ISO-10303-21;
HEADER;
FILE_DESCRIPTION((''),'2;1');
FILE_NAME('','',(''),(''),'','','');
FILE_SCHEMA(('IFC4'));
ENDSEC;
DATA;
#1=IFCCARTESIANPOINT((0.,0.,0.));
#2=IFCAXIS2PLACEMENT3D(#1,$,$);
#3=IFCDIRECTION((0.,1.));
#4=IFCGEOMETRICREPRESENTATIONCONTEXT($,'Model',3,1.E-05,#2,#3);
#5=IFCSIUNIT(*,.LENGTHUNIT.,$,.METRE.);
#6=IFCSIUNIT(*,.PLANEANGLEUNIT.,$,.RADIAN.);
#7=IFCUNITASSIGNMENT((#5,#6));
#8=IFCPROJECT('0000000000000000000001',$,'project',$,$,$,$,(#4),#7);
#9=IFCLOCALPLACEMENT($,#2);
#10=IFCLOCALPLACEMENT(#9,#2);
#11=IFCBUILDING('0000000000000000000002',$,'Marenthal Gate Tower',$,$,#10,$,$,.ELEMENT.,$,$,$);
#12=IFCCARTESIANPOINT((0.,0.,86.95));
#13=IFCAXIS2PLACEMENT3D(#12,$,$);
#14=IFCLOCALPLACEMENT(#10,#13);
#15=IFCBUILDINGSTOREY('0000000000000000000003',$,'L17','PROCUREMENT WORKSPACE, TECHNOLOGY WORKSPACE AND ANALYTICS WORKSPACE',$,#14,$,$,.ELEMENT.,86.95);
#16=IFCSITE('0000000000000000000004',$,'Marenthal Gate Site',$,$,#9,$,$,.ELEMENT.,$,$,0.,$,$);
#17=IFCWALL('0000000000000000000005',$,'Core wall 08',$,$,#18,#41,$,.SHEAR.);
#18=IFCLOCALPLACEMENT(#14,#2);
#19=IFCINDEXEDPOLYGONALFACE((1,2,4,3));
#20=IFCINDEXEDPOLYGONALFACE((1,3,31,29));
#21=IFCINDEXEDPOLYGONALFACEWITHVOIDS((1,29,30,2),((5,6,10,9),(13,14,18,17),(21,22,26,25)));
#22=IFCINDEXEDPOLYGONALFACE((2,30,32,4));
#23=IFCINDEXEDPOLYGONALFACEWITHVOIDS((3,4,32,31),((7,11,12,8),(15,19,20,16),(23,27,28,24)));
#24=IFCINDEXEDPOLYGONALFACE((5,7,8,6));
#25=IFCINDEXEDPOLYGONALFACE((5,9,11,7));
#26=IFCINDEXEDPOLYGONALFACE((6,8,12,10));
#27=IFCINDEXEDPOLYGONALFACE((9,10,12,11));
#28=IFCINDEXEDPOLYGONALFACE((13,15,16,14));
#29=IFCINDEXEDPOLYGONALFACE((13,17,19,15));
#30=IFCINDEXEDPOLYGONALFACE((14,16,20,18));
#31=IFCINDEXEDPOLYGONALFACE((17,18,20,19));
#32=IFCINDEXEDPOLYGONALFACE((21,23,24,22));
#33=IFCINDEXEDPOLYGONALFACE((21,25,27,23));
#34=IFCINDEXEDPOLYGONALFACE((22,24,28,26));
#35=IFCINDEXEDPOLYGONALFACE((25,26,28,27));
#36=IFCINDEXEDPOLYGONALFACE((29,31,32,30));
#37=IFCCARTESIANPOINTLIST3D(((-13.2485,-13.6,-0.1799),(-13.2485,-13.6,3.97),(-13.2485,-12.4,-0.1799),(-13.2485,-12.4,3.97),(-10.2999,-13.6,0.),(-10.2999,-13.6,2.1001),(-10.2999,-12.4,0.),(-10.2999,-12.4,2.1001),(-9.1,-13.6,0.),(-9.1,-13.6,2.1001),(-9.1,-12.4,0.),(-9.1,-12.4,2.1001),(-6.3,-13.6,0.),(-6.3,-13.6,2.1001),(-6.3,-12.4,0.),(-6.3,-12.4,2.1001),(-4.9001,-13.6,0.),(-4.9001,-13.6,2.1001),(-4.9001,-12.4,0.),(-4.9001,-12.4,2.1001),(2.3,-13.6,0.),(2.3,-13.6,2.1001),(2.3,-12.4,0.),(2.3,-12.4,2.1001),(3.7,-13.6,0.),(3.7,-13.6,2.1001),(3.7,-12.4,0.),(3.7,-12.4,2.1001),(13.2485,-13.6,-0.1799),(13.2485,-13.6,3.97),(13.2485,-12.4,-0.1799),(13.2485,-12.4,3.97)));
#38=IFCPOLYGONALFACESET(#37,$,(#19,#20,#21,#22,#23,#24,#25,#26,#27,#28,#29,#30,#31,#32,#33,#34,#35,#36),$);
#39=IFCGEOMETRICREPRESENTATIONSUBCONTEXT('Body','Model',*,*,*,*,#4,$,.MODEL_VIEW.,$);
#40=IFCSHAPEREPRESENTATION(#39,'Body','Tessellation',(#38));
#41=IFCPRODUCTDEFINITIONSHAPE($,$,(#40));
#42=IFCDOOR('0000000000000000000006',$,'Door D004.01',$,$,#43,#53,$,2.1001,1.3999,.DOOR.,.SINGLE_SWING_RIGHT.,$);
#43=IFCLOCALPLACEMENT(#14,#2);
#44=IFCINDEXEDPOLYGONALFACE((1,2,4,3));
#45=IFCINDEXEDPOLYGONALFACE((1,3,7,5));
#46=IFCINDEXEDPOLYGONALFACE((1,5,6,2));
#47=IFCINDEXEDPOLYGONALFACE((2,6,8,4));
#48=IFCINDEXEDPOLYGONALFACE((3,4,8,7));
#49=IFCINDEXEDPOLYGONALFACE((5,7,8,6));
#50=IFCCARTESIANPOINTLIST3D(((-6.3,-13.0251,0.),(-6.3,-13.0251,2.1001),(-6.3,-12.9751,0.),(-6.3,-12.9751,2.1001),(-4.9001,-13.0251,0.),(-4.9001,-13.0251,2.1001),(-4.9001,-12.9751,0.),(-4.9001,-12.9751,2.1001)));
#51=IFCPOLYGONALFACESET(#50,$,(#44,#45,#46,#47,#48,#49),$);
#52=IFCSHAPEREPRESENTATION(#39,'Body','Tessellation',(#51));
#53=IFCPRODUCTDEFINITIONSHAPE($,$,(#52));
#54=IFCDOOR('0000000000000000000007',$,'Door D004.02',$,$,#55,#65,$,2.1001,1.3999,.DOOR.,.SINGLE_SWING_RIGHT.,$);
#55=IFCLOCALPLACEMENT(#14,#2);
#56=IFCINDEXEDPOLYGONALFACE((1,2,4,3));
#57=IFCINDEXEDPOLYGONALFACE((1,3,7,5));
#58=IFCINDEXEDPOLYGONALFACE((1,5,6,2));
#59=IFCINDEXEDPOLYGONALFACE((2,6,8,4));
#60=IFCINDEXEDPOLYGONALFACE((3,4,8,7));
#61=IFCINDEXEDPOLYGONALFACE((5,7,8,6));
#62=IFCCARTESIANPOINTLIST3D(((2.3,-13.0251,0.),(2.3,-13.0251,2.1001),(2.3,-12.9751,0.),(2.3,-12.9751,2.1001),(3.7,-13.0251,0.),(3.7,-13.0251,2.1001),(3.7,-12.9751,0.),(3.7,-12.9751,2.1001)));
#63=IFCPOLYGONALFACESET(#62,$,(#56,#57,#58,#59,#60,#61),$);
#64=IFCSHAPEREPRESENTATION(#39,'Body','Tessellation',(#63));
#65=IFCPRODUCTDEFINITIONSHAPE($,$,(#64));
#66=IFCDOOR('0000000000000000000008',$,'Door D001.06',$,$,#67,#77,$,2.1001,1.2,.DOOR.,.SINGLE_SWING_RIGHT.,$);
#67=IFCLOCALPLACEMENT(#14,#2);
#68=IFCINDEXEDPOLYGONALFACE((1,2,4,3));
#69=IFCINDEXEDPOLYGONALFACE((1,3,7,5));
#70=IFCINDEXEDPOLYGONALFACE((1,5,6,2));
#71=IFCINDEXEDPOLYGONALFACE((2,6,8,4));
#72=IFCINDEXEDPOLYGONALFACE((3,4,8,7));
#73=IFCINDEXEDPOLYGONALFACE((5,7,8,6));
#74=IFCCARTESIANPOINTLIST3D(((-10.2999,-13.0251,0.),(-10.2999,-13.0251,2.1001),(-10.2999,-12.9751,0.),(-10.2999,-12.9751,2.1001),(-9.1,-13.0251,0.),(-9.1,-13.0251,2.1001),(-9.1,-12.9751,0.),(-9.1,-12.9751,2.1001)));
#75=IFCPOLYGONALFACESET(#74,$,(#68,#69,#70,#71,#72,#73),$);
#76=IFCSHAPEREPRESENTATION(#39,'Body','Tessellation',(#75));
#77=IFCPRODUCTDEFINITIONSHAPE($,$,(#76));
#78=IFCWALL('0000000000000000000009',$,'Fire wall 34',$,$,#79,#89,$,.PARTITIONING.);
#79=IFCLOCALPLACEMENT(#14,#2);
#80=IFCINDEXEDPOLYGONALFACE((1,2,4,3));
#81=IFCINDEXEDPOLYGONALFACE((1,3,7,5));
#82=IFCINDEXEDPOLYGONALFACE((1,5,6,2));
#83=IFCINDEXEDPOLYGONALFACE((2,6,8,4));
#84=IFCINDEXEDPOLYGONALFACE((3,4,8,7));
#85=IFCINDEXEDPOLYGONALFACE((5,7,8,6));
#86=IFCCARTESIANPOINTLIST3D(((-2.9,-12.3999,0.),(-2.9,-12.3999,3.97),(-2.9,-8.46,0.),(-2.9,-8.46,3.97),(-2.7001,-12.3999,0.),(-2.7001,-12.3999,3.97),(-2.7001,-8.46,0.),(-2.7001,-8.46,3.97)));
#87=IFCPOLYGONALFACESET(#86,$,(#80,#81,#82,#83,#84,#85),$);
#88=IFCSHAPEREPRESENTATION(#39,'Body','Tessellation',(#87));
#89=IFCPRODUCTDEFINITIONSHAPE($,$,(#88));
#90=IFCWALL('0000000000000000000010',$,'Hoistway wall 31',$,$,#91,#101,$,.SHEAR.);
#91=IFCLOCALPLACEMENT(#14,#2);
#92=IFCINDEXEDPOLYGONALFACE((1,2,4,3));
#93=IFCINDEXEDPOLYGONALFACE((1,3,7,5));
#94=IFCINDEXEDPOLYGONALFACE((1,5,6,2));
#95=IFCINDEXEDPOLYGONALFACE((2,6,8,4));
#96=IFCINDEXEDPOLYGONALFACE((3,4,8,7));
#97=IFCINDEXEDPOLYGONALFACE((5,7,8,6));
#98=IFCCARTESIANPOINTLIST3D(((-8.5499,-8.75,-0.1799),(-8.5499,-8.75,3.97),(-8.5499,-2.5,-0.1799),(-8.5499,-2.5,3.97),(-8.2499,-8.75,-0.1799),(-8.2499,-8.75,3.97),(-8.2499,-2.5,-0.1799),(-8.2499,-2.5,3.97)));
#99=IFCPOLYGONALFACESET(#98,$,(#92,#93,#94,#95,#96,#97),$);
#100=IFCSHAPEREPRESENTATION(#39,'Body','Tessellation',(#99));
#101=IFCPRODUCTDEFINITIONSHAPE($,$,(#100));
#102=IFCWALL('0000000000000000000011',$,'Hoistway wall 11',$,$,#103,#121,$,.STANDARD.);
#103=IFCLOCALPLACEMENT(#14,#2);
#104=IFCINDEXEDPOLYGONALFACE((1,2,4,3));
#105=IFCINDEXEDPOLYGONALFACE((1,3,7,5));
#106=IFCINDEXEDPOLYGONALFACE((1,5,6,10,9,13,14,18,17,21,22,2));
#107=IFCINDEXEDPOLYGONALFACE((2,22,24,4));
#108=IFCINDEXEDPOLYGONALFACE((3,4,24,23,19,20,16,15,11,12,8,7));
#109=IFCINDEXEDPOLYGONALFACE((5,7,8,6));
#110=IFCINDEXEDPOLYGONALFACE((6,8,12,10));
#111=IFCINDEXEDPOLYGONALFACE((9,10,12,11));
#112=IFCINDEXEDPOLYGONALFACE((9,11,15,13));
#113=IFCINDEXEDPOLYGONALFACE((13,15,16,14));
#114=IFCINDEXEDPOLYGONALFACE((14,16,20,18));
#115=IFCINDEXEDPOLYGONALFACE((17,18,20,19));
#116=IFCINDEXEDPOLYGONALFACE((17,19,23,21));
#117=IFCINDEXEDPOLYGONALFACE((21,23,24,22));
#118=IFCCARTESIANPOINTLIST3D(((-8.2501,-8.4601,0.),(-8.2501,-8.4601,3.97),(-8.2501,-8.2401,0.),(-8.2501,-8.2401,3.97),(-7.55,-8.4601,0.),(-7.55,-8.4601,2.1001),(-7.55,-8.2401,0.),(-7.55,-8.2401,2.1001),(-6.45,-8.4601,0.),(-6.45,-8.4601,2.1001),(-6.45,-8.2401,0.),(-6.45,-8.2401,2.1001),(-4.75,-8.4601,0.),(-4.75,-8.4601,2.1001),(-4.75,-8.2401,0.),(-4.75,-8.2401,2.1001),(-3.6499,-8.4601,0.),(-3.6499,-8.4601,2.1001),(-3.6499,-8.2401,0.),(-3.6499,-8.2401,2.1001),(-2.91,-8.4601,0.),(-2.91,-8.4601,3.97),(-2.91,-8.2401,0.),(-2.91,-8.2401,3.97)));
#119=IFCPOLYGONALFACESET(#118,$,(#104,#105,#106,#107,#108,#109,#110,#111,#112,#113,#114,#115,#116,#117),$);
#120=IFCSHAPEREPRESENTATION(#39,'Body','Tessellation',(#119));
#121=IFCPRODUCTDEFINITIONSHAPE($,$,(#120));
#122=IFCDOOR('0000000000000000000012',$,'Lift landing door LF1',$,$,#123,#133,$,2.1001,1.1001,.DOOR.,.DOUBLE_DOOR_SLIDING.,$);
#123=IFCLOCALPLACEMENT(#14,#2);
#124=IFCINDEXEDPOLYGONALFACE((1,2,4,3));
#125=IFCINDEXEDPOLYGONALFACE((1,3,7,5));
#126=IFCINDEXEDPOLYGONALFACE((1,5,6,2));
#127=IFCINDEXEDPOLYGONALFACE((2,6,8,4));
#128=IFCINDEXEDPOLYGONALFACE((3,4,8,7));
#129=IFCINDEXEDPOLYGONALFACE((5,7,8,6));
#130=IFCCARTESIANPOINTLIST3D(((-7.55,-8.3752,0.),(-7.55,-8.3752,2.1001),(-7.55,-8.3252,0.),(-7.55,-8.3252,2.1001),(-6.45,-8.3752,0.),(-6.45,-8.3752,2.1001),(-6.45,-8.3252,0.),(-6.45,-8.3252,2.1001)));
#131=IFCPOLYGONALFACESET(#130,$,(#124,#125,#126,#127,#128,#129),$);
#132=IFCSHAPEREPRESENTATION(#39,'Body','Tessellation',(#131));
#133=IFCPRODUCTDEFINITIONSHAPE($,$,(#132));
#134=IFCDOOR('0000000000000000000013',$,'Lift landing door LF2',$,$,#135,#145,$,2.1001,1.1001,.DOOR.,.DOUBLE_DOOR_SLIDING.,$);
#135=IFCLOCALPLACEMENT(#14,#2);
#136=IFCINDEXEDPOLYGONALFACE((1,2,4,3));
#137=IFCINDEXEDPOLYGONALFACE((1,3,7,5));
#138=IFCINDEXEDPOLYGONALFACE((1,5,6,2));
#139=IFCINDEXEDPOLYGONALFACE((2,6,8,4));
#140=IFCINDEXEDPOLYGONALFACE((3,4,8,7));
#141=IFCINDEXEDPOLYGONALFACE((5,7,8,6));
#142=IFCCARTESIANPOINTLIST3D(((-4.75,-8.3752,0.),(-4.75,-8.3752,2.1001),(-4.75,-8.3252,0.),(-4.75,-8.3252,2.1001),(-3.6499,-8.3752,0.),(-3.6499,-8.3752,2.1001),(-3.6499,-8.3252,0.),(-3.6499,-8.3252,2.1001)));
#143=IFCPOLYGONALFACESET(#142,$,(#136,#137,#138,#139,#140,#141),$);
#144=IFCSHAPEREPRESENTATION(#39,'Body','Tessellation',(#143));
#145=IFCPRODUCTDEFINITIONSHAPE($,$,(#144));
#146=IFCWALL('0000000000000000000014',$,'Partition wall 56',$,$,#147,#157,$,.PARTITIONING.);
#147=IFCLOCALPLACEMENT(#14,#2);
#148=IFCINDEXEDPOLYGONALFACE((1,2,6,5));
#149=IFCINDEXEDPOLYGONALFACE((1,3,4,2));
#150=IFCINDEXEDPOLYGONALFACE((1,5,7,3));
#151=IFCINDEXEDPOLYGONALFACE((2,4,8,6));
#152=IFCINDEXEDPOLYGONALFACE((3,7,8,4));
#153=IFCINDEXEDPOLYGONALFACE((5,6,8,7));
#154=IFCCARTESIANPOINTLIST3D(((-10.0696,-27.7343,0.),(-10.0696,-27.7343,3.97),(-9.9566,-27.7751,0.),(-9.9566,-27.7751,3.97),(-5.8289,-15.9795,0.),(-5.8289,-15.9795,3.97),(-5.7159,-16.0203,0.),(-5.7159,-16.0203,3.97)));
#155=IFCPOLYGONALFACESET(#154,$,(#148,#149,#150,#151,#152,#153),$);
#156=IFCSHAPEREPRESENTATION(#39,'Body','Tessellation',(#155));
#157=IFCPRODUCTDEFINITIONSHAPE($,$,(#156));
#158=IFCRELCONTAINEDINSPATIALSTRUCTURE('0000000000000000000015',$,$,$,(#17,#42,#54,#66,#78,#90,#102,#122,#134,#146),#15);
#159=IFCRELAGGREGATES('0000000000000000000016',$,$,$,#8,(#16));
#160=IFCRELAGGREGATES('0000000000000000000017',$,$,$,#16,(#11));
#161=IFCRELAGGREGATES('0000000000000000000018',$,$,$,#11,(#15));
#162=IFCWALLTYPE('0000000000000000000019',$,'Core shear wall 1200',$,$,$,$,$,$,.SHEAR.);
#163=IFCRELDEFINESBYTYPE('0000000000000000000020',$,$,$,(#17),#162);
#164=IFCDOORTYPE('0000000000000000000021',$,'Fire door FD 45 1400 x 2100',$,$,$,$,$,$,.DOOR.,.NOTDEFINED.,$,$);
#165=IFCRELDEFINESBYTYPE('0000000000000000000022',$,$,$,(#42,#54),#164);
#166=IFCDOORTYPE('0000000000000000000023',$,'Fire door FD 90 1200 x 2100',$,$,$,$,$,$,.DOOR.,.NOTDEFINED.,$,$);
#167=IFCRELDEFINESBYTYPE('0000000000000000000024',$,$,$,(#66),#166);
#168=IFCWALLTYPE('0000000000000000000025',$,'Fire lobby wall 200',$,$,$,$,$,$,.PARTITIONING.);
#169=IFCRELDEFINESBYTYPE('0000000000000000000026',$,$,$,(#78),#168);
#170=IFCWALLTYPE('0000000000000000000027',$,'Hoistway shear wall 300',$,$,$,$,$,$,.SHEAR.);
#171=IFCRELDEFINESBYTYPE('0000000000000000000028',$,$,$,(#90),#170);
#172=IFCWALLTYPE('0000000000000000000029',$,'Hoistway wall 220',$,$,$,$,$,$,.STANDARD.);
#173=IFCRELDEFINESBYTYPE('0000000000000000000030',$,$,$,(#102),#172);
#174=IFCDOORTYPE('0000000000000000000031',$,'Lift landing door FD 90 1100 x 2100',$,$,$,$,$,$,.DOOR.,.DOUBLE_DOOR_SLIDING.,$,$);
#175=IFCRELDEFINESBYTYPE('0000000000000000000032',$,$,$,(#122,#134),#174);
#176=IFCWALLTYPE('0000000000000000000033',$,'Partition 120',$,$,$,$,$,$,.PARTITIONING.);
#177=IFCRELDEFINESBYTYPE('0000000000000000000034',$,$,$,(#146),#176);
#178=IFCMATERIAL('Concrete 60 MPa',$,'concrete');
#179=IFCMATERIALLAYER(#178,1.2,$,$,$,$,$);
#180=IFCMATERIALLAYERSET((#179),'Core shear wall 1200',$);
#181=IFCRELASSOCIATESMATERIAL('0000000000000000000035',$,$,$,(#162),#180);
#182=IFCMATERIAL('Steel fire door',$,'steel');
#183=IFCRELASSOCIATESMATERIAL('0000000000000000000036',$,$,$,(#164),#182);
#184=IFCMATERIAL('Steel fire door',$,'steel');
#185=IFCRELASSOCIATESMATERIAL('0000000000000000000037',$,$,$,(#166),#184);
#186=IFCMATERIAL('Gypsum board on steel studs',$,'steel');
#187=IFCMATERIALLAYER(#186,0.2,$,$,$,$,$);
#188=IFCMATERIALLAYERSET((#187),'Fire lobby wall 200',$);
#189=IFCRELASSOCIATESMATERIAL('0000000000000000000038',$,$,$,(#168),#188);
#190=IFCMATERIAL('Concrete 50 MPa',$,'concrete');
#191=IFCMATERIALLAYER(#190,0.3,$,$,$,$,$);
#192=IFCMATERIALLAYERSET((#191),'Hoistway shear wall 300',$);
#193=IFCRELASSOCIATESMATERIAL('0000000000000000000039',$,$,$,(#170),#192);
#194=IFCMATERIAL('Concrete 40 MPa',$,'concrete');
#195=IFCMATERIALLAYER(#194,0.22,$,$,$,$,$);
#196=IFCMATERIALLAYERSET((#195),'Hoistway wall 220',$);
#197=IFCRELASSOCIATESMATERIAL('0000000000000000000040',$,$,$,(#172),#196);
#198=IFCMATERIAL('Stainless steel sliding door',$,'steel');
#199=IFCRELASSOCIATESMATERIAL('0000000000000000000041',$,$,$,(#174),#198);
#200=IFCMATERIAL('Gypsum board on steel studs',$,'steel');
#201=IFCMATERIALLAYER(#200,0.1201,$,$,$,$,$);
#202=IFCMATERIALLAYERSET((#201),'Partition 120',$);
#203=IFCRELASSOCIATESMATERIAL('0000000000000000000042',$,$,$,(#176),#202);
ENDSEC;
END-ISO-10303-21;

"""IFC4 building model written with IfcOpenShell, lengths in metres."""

from ifc_helpers import new_model, si_unit, direction, frame, frame_2d, origin, place, context, subcontext, project, spatial, rectangle, extrude, material, layer, layer_set, type_object, element, fill, save


model = new_model("IFC4")

# Units and contexts
model_context = context("Model", 3, precision=1e-05, world=origin(), true_north=direction((0.0, 1.0)))
body_context = subcontext(model_context, "Body", "Model", "MODEL_VIEW")
ifc_project = project(units=[si_unit("LENGTHUNIT", "METRE"), si_unit("PLANEANGLEUNIT", "RADIAN")], contexts=[model_context])

# Site, building, storey
site_placement = place(None, origin())
site = spatial("IfcSite", under=ifc_project, at=site_placement, Name="Marenthal Gate Site", CompositionType="ELEMENT", RefElevation=0.0)
building_placement = place(site_placement, origin())
building = spatial("IfcBuilding", under=site, at=building_placement, Name="Marenthal Gate Tower", CompositionType="ELEMENT")
storey_placement = place(building_placement, frame((0.0, 0.0, 86.95)))
storey = spatial("IfcBuildingStorey", under=building, at=storey_placement, Name="L17", Description="PROCUREMENT WORKSPACE, TECHNOLOGY WORKSPACE AND ANALYTICS WORKSPACE", CompositionType="ELEMENT", Elevation=86.95)

# Wall, openings, doors
ifc_material_1 = material(Name="Concrete 60 MPa", Category="concrete")
ifc_layer_1 = layer(ifc_material_1, 1.2)
ifc_layer_set_1 = layer_set([ifc_layer_1], Name="Core shear wall 1200")
wall_type_1 = type_object("IfcWallType", Name="Core shear wall 1200", PredefinedType="SHEAR", material=ifc_layer_set_1)
wall_1_placement = place(storey_placement, frame((-13.2485, -13.0, -0.1799), z_axis=(0.0, 0.0, 1.0), x_axis=(1.0, 0.0, 0.0)))
wall_1 = element("IfcWall", 1, at=wall_1_placement, inside=storey, type_object=wall_type_1, Name="Core wall 08", PredefinedType="SHEAR", context=body_context, shape_type="SweptSolid", body=[
    extrude(rectangle(XDim=26.4971, YDim=1.2, at=frame_2d((13.2485, 0.0))), origin(), (0.0, 0.0, 1.0), 4.1499),
])
opening_1_placement = place(wall_1_placement, frame((2.9485, 0.0, 0.1799)))
opening_1 = element("IfcOpeningElement", 2, at=opening_1_placement, cuts=wall_1, PredefinedType="OPENING", context=body_context, shape_type="SweptSolid", body=[
    extrude(rectangle(XDim=1.2, YDim=2.1001, at=frame_2d((0.6001, 1.05))), frame((0.0, 0.6099, 0.0), z_axis=(0.0, -1.0, 0.0), x_axis=(1.0, 0.0, 0.0)), (0.0, 0.0, 1.0), 1.22),
])
opening_2_placement = place(wall_1_placement, frame((6.9485, 0.0, 0.1799)))
opening_2 = element("IfcOpeningElement", 3, at=opening_2_placement, cuts=wall_1, PredefinedType="OPENING", context=body_context, shape_type="SweptSolid", body=[
    extrude(rectangle(XDim=1.3999, YDim=2.1001, at=frame_2d((0.7, 1.05))), frame((0.0, 0.6099, 0.0), z_axis=(0.0, -1.0, 0.0), x_axis=(1.0, 0.0, 0.0)), (0.0, 0.0, 1.0), 1.22),
])
opening_3_placement = place(wall_1_placement, frame((15.5486, 0.0, 0.1799)))
opening_3 = element("IfcOpeningElement", 4, at=opening_3_placement, cuts=wall_1, PredefinedType="OPENING", context=body_context, shape_type="SweptSolid", body=[
    extrude(rectangle(XDim=1.3999, YDim=2.1001, at=frame_2d((0.7, 1.05))), frame((0.0, 0.6099, 0.0), z_axis=(0.0, -1.0, 0.0), x_axis=(1.0, 0.0, 0.0)), (0.0, 0.0, 1.0), 1.22),
])
ifc_material_2 = material(Name="Steel fire door", Category="steel")
door_type_1 = type_object("IfcDoorType", Name="Fire door FD 45 1400 x 2100", OperationType="NOTDEFINED", PredefinedType="DOOR", material=ifc_material_2)
door_1_placement = place(opening_2_placement, origin())
door_1 = element("IfcDoor", 5, at=door_1_placement, inside=storey, type_object=door_type_1, Name="Door D004.01", OperationType="SINGLE_SWING_RIGHT", OverallHeight=2.1001, OverallWidth=1.3999, PredefinedType="DOOR", context=body_context, shape_type="SweptSolid", body=[
    extrude(rectangle(XDim=1.3999, YDim=2.1001, at=frame_2d((0.7, 1.05))), frame((0.0, 0.0249, 0.0), z_axis=(0.0, -1.0, 0.0), x_axis=(1.0, 0.0, 0.0)), (0.0, 0.0, 1.0), 0.05),
])
fill(opening_2, door_1)
door_2_placement = place(opening_3_placement, origin())
door_2 = element("IfcDoor", 6, at=door_2_placement, inside=storey, type_object=door_type_1, Name="Door D004.02", OperationType="SINGLE_SWING_RIGHT", OverallHeight=2.1001, OverallWidth=1.3999, PredefinedType="DOOR", context=body_context, shape_type="SweptSolid", body=[
    extrude(rectangle(XDim=1.3999, YDim=2.1001, at=frame_2d((0.7, 1.05))), frame((0.0, 0.0249, 0.0), z_axis=(0.0, -1.0, 0.0), x_axis=(1.0, 0.0, 0.0)), (0.0, 0.0, 1.0), 0.05),
])
fill(opening_3, door_2)
ifc_material_3 = material(Name="Steel fire door", Category="steel")
door_type_2 = type_object("IfcDoorType", Name="Fire door FD 90 1200 x 2100", OperationType="NOTDEFINED", PredefinedType="DOOR", material=ifc_material_3)
door_3_placement = place(opening_1_placement, origin())
door_3 = element("IfcDoor", 7, at=door_3_placement, inside=storey, type_object=door_type_2, Name="Door D001.06", OperationType="SINGLE_SWING_RIGHT", OverallHeight=2.1001, OverallWidth=1.2, PredefinedType="DOOR", context=body_context, shape_type="SweptSolid", body=[
    extrude(rectangle(XDim=1.2, YDim=2.1001, at=frame_2d((0.6001, 1.05))), frame((0.0, 0.0249, 0.0), z_axis=(0.0, -1.0, 0.0), x_axis=(1.0, 0.0, 0.0)), (0.0, 0.0, 1.0), 0.05),
])
fill(opening_1, door_3)

# Walls
ifc_material_4 = material(Name="Gypsum board on steel studs", Category="steel")
ifc_layer_2 = layer(ifc_material_4, 0.2)
ifc_layer_set_2 = layer_set([ifc_layer_2], Name="Fire lobby wall 200")
wall_type_2 = type_object("IfcWallType", Name="Fire lobby wall 200", PredefinedType="PARTITIONING", material=ifc_layer_set_2)
wall_2_placement = place(storey_placement, frame((-2.8, -12.3999, 0.0), z_axis=(0.0, 0.0, 1.0), x_axis=(0.0, 1.0, 0.0)))
element("IfcWall", 8, at=wall_2_placement, inside=storey, type_object=wall_type_2, Name="Fire wall 34", PredefinedType="PARTITIONING", context=body_context, shape_type="SweptSolid", body=[
    extrude(rectangle(XDim=3.9399, YDim=0.2, at=frame_2d((1.97, 0.0))), origin(), (0.0, 0.0, 1.0), 3.97),
])
ifc_material_5 = material(Name="Concrete 50 MPa", Category="concrete")
ifc_layer_3 = layer(ifc_material_5, 0.3)
ifc_layer_set_3 = layer_set([ifc_layer_3], Name="Hoistway shear wall 300")
wall_type_3 = type_object("IfcWallType", Name="Hoistway shear wall 300", PredefinedType="SHEAR", material=ifc_layer_set_3)
wall_3_placement = place(storey_placement, frame((-8.3999, -8.75, -0.1799), z_axis=(0.0, 0.0, 1.0), x_axis=(0.0, 1.0, 0.0)))
element("IfcWall", 9, at=wall_3_placement, inside=storey, type_object=wall_type_3, Name="Hoistway wall 31", PredefinedType="SHEAR", context=body_context, shape_type="SweptSolid", body=[
    extrude(rectangle(XDim=6.25, YDim=0.3, at=frame_2d((3.125, 0.0))), origin(), (0.0, 0.0, 1.0), 4.1499),
])

# Wall, openings, doors
ifc_material_6 = material(Name="Concrete 40 MPa", Category="concrete")
ifc_layer_4 = layer(ifc_material_6, 0.22)
ifc_layer_set_4 = layer_set([ifc_layer_4], Name="Hoistway wall 220")
wall_type_4 = type_object("IfcWallType", Name="Hoistway wall 220", PredefinedType="STANDARD", material=ifc_layer_set_4)
wall_4_placement = place(storey_placement, frame((-8.25, -8.3501, 0.0), z_axis=(0.0, 0.0, 1.0), x_axis=(1.0, 0.0, 0.0)))
wall_4 = element("IfcWall", 10, at=wall_4_placement, inside=storey, type_object=wall_type_4, Name="Hoistway wall 11", PredefinedType="STANDARD", context=body_context, shape_type="SweptSolid", body=[
    extrude(rectangle(XDim=5.3401, YDim=0.22, at=frame_2d((2.6699, 0.0))), origin(), (0.0, 0.0, 1.0), 3.97),
])
opening_4_placement = place(wall_4_placement, frame((0.7, 0.0, 0.0)))
opening_4 = element("IfcOpeningElement", 11, at=opening_4_placement, cuts=wall_4, PredefinedType="OPENING", context=body_context, shape_type="SweptSolid", body=[
    extrude(rectangle(XDim=1.1001, YDim=2.1001, at=frame_2d((0.55, 1.05))), frame((0.0, 0.1201, 0.0), z_axis=(0.0, -1.0, 0.0), x_axis=(1.0, 0.0, 0.0)), (0.0, 0.0, 1.0), 0.24),
])
opening_5_placement = place(wall_4_placement, frame((3.5, 0.0, 0.0)))
opening_5 = element("IfcOpeningElement", 12, at=opening_5_placement, cuts=wall_4, PredefinedType="OPENING", context=body_context, shape_type="SweptSolid", body=[
    extrude(rectangle(XDim=1.1001, YDim=2.1001, at=frame_2d((0.55, 1.05))), frame((0.0, 0.1201, 0.0), z_axis=(0.0, -1.0, 0.0), x_axis=(1.0, 0.0, 0.0)), (0.0, 0.0, 1.0), 0.24),
])
ifc_material_7 = material(Name="Stainless steel sliding door", Category="steel")
door_type_3 = type_object("IfcDoorType", Name="Lift landing door FD 90 1100 x 2100", OperationType="DOUBLE_DOOR_SLIDING", PredefinedType="DOOR", material=ifc_material_7)
door_4_placement = place(opening_4_placement, origin())
door_4 = element("IfcDoor", 13, at=door_4_placement, inside=storey, type_object=door_type_3, Name="Lift landing door LF1", OperationType="DOUBLE_DOOR_SLIDING", OverallHeight=2.1001, OverallWidth=1.1001, PredefinedType="DOOR", context=body_context, shape_type="SweptSolid", body=[
    extrude(rectangle(XDim=1.1001, YDim=2.1001, at=frame_2d((0.55, 1.05))), frame((0.0, 0.0249, 0.0), z_axis=(0.0, -1.0, 0.0), x_axis=(1.0, 0.0, 0.0)), (0.0, 0.0, 1.0), 0.05),
])
fill(opening_4, door_4)
door_5_placement = place(opening_5_placement, origin())
door_5 = element("IfcDoor", 14, at=door_5_placement, inside=storey, type_object=door_type_3, Name="Lift landing door LF2", OperationType="DOUBLE_DOOR_SLIDING", OverallHeight=2.1001, OverallWidth=1.1001, PredefinedType="DOOR", context=body_context, shape_type="SweptSolid", body=[
    extrude(rectangle(XDim=1.1001, YDim=2.1001, at=frame_2d((0.55, 1.05))), frame((0.0, 0.0249, 0.0), z_axis=(0.0, -1.0, 0.0), x_axis=(1.0, 0.0, 0.0)), (0.0, 0.0, 1.0), 0.05),
])
fill(opening_5, door_5)

# Wall
ifc_material_8 = material(Name="Gypsum board on steel studs", Category="steel")
ifc_layer_5 = layer(ifc_material_8, 0.1201)
ifc_layer_set_5 = layer_set([ifc_layer_5], Name="Partition 120")
wall_type_5 = type_object("IfcWallType", Name="Partition 120", PredefinedType="PARTITIONING", material=ifc_layer_set_5)
wall_5_placement = place(storey_placement, frame((-5.7725, -16.0, 0.0), z_axis=(0.0, 0.0, 1.0), x_axis=(-0.339354, -0.940659, 0.0)))
element("IfcWall", 15, at=wall_5_placement, inside=storey, type_object=wall_type_5, Name="Partition wall 56", PredefinedType="PARTITIONING", context=body_context, shape_type="SweptSolid", body=[
    extrude(rectangle(XDim=12.4963, YDim=0.1201, at=frame_2d((6.248, 0.0))), origin(), (0.0, 0.0, 1.0), 3.97),
])

save(model, "model.ifc")
